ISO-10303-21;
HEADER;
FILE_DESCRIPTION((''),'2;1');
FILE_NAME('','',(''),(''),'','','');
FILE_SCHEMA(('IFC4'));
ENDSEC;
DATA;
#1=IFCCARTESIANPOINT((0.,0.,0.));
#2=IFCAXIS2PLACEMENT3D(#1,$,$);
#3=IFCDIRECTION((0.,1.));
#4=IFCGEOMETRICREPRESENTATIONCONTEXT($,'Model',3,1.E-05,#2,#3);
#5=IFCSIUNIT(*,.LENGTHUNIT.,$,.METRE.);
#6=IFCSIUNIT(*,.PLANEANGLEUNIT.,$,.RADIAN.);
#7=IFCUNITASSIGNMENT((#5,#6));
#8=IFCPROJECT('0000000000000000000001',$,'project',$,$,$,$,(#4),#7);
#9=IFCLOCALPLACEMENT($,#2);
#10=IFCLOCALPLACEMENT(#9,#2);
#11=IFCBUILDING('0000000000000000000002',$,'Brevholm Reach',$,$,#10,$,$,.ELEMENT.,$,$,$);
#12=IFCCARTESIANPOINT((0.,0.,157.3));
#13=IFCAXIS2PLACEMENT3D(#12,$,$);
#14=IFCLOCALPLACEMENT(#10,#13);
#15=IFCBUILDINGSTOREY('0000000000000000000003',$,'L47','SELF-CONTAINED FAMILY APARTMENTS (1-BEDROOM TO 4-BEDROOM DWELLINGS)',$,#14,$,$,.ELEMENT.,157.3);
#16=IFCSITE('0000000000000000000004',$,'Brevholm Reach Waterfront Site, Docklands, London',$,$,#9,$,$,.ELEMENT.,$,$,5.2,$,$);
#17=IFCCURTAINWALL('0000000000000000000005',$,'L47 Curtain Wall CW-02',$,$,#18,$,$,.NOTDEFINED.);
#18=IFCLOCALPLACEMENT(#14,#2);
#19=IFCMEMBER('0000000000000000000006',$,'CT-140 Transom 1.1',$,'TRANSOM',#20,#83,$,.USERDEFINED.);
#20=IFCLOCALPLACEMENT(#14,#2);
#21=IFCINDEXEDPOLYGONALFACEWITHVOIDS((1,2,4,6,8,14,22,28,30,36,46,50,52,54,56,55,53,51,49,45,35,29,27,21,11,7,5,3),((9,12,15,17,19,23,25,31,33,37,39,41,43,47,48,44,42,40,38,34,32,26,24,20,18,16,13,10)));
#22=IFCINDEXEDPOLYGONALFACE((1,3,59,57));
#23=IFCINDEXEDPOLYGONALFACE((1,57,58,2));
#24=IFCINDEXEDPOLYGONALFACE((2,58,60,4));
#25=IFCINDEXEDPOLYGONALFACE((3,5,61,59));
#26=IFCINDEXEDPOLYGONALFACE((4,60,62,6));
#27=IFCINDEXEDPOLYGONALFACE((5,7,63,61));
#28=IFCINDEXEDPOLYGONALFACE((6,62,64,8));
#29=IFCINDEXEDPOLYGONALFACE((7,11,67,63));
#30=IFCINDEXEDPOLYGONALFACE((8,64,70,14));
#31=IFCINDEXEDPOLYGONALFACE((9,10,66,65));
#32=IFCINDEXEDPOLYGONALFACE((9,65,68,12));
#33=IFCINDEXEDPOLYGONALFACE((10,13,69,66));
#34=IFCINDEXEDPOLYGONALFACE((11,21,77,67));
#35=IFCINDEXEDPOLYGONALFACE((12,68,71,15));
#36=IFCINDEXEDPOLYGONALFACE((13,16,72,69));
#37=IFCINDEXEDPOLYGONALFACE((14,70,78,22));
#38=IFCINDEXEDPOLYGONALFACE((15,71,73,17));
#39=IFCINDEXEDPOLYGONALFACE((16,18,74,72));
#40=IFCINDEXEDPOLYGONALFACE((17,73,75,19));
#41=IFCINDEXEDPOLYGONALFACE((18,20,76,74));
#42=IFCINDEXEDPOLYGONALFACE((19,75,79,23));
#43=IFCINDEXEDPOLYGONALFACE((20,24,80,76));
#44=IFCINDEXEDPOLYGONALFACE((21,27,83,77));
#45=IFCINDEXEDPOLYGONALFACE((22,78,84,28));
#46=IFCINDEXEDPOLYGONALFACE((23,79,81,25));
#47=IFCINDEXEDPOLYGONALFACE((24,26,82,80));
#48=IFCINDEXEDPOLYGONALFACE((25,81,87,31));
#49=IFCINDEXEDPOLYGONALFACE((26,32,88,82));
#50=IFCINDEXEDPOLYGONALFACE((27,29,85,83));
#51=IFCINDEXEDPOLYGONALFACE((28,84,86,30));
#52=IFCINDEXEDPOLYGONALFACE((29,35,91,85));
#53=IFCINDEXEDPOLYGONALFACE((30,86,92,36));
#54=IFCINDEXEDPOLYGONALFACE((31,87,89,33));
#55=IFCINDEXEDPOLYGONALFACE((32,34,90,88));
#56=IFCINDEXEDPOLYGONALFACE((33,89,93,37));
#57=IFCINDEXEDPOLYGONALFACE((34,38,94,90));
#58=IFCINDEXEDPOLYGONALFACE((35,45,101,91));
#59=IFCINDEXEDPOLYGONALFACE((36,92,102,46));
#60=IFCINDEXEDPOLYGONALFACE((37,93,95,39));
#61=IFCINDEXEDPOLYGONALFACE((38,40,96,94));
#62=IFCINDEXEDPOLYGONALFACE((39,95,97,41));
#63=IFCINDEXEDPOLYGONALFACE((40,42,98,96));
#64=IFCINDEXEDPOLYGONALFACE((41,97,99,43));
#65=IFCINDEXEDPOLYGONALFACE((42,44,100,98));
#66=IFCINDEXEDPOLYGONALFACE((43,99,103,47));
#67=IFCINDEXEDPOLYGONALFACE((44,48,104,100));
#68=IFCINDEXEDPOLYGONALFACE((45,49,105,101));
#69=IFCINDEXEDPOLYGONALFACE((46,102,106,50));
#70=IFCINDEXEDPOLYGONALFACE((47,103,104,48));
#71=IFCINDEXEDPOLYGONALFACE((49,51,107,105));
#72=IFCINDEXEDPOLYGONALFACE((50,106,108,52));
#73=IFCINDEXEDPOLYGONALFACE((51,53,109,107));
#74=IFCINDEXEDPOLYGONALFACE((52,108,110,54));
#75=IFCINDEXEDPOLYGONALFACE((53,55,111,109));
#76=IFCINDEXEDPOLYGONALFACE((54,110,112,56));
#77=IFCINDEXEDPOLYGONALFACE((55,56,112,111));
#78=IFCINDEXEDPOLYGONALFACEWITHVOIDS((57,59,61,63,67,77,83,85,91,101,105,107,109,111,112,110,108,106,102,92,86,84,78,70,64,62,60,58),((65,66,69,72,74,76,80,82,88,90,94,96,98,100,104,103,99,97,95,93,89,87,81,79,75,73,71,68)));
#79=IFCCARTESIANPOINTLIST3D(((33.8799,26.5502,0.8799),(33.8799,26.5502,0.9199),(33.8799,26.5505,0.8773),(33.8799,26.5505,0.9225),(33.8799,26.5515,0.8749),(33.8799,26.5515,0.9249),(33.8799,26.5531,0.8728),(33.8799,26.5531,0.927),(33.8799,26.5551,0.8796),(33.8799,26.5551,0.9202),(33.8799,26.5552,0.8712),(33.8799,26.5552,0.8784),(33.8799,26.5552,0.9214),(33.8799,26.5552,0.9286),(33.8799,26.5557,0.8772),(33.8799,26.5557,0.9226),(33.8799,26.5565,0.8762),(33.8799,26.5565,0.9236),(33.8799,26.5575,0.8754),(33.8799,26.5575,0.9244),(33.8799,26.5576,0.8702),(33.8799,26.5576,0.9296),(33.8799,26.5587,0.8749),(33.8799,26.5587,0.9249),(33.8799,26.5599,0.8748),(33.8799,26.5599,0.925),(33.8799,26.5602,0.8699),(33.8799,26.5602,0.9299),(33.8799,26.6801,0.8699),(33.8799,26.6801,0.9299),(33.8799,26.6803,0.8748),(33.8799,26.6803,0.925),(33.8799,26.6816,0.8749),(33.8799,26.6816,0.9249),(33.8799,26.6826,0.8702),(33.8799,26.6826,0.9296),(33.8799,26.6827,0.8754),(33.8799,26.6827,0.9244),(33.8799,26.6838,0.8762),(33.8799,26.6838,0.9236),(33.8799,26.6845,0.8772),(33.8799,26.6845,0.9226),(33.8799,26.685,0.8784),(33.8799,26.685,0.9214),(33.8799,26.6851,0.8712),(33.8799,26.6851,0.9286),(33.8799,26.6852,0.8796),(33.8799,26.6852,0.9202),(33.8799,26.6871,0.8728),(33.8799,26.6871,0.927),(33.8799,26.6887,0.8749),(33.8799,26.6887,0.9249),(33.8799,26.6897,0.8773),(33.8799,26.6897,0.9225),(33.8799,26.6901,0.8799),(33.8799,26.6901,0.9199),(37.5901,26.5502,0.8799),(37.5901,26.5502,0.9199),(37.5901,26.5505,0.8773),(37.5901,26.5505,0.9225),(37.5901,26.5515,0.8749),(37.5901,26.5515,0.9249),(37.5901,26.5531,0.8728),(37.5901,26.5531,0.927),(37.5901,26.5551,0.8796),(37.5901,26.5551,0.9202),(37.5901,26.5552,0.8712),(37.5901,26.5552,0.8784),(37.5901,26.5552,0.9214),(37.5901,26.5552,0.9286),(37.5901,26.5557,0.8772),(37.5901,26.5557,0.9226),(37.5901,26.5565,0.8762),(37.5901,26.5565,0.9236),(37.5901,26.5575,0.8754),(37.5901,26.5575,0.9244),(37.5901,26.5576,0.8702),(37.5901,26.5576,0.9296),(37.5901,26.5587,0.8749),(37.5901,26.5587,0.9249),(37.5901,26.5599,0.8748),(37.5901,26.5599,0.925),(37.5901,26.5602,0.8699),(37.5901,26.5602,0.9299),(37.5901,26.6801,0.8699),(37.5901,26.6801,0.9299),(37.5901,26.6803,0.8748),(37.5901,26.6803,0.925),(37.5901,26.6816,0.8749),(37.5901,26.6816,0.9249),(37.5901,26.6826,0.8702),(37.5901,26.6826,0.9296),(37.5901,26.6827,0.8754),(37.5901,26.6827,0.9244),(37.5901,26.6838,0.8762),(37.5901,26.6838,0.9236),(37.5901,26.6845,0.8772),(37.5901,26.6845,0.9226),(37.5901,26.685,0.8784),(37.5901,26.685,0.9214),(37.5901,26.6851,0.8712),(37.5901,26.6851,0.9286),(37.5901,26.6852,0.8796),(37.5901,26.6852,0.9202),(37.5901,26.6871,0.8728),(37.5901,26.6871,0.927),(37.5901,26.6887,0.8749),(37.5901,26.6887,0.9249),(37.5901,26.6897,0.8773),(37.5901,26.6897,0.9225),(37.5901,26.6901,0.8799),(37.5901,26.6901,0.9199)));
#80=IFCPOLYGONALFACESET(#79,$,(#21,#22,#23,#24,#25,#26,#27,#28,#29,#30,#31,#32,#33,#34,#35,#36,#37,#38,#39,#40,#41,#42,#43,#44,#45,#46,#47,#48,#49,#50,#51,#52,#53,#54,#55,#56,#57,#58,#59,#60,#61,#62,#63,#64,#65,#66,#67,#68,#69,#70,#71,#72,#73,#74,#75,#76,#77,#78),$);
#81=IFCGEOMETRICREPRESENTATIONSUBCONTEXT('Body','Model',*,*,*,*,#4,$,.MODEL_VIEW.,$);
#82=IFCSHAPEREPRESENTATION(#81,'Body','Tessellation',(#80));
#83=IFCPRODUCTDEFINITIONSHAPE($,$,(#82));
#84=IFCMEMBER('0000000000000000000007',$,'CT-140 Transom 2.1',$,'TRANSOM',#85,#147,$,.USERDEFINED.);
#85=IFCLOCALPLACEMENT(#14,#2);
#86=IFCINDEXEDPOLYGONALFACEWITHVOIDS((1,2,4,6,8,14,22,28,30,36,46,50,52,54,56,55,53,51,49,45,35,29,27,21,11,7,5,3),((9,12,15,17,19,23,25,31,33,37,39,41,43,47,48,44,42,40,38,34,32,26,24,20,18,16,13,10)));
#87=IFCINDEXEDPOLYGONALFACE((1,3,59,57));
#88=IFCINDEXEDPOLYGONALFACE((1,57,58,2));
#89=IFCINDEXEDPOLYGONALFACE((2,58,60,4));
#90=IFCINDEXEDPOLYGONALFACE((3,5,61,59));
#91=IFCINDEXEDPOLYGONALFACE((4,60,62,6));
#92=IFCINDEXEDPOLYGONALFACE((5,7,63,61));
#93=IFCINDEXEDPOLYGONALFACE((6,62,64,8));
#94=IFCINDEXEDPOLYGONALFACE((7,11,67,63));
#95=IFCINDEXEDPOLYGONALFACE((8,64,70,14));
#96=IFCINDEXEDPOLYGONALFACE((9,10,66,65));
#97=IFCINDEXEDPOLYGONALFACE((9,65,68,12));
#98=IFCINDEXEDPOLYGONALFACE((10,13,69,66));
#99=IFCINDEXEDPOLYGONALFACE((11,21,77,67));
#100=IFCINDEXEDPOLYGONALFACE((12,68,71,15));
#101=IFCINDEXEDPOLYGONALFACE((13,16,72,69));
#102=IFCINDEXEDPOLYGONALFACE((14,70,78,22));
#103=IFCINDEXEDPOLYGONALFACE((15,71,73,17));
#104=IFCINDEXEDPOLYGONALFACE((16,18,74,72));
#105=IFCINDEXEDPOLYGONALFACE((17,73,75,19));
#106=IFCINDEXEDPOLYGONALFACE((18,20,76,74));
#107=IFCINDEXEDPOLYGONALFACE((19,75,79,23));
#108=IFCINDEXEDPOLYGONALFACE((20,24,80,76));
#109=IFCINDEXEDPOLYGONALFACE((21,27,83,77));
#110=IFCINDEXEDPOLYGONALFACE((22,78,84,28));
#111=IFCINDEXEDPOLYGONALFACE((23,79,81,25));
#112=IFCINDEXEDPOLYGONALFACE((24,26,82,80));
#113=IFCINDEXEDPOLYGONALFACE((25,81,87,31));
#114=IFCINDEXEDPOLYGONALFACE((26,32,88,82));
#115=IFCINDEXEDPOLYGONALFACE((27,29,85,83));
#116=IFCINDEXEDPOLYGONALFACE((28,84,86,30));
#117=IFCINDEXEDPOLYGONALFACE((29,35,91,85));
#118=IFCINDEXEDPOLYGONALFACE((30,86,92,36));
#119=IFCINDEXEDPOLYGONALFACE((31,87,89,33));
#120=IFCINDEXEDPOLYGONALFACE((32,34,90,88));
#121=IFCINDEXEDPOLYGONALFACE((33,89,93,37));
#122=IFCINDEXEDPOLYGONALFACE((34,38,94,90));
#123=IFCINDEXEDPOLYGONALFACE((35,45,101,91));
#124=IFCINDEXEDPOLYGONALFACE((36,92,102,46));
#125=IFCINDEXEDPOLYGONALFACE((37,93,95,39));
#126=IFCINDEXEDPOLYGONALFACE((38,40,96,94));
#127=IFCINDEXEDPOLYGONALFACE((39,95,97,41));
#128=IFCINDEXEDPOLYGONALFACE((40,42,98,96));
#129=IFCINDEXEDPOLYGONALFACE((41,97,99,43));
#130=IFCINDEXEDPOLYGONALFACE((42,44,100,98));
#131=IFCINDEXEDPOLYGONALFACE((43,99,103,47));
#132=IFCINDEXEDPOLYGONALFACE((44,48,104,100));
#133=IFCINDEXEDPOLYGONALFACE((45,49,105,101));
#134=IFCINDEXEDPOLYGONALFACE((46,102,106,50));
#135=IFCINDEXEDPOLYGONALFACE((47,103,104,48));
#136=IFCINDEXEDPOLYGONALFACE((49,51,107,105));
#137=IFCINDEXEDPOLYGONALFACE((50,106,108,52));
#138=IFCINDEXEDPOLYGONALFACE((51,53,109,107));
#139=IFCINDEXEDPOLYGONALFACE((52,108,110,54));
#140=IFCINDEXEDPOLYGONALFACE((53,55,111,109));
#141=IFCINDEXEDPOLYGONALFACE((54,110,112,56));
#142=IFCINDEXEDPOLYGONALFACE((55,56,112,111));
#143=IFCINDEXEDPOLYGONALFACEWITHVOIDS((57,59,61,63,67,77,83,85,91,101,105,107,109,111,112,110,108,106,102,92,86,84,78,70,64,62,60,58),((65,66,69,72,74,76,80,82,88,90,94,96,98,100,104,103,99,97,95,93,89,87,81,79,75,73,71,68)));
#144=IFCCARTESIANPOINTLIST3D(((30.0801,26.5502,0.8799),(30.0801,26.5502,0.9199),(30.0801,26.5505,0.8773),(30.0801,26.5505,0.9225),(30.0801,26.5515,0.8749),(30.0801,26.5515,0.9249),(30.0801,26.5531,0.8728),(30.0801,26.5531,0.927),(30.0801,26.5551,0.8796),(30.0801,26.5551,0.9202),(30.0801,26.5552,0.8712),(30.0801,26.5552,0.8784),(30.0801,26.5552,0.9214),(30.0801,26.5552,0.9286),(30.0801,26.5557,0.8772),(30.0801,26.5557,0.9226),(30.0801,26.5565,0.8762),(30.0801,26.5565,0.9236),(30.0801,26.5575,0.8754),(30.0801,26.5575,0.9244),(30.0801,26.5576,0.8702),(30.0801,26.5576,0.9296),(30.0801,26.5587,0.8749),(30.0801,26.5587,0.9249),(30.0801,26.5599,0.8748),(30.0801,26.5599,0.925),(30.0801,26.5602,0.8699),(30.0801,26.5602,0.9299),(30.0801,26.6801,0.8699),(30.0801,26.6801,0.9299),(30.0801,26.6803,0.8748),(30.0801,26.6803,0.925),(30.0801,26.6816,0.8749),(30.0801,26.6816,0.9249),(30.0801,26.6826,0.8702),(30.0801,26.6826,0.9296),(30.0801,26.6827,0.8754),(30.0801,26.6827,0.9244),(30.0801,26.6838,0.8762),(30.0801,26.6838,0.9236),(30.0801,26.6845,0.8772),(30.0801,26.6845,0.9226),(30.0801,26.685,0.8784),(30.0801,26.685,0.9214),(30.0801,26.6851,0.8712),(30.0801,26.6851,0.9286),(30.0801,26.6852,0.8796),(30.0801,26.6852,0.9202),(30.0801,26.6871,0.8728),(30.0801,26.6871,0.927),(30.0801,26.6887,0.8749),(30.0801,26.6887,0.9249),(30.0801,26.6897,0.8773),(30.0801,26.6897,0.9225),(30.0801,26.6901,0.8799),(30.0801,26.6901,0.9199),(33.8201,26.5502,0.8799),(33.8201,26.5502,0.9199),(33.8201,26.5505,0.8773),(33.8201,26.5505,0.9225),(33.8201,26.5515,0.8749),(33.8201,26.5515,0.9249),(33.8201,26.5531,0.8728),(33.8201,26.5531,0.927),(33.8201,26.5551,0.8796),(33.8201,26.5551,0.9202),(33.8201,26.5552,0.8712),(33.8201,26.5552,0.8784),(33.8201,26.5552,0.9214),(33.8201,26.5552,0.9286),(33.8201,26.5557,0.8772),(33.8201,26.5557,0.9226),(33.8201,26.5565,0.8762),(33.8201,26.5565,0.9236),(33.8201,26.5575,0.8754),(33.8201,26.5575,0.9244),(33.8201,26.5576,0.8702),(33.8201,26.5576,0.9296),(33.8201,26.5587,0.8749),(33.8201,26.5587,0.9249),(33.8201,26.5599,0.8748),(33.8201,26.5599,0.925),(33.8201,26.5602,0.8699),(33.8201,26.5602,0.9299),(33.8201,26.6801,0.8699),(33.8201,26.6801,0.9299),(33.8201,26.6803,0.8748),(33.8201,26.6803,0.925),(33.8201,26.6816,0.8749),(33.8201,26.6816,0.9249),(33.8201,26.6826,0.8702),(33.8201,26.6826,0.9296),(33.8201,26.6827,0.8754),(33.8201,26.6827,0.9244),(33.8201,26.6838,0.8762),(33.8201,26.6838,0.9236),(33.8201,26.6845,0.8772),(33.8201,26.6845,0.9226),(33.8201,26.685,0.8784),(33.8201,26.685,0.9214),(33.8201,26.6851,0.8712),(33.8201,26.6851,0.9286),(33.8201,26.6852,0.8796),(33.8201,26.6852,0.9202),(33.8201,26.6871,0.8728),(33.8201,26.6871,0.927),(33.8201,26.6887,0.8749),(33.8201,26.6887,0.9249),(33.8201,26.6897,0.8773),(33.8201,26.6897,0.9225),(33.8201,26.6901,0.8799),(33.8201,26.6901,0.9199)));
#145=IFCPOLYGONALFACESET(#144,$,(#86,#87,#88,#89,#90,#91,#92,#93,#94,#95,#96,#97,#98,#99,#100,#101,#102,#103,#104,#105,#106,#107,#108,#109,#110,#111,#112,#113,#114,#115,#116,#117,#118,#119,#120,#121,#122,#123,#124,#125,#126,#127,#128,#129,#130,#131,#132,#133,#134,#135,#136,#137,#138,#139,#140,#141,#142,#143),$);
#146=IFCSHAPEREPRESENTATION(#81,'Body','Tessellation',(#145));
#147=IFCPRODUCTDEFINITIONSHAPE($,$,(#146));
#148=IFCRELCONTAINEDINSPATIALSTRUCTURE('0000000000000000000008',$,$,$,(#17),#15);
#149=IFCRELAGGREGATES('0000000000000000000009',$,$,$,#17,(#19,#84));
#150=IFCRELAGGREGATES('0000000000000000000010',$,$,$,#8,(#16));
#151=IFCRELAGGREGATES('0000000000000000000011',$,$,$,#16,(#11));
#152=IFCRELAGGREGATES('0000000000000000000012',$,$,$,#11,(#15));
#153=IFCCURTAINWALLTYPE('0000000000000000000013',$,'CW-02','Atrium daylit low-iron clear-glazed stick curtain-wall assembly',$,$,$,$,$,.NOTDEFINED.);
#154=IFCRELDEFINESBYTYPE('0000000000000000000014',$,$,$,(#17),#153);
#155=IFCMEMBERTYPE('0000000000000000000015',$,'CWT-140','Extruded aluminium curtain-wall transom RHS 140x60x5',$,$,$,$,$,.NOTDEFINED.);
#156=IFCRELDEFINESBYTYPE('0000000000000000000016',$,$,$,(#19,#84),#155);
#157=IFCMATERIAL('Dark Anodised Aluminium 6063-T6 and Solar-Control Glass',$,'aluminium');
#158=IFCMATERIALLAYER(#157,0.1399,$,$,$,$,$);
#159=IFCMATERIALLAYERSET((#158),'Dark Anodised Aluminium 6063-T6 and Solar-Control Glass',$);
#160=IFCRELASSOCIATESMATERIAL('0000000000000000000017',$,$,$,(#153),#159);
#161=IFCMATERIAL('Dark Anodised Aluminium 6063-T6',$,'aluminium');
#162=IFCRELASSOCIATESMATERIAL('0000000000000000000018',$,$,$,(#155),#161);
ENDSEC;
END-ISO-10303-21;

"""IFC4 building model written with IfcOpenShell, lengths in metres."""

from ifc_helpers import new_model, si_unit, direction, frame, origin, origin_2d, place, context, subcontext, project, spatial, hollow_rectangle, extrude, material, layer, layer_set, material_profile, profile_set, type_object, element, aggregate, save


model = new_model("IFC4")

# Units and contexts
model_context = context("Model", 3, precision=1e-05, world=origin(), true_north=direction((0.0, 1.0)))
body_context = subcontext(model_context, "Body", "Model", "MODEL_VIEW")
ifc_project = project(units=[si_unit("LENGTHUNIT", "METRE"), si_unit("PLANEANGLEUNIT", "RADIAN")], contexts=[model_context])

# Site, building, storey
site_placement = place(None, origin())
site = spatial("IfcSite", under=ifc_project, at=site_placement, Name="Brevholm Reach Waterfront Site, Docklands, London", CompositionType="ELEMENT", RefElevation=5.2)
building_placement = place(site_placement, origin())
building = spatial("IfcBuilding", under=site, at=building_placement, Name="Brevholm Reach", CompositionType="ELEMENT")
storey_placement = place(building_placement, frame((0.0, 0.0, 157.3)))
storey = spatial("IfcBuildingStorey", under=building, at=storey_placement, Name="L47", Description="SELF-CONTAINED FAMILY APARTMENTS (1-BEDROOM TO 4-BEDROOM DWELLINGS)", CompositionType="ELEMENT", Elevation=157.3)

# Curtain wall
ifc_material_1 = material(Name="Dark Anodised Aluminium 6063-T6 and Solar-Control Glass", Category="aluminium")
ifc_layer_1 = layer(ifc_material_1, 0.1399)
ifc_layer_set_1 = layer_set([ifc_layer_1], Name="Dark Anodised Aluminium 6063-T6 and Solar-Control Glass")
curtain_wall_type_1 = type_object("IfcCurtainWallType", Name="CW-02", Description="Atrium daylit low-iron clear-glazed stick curtain-wall assembly", PredefinedType="NOTDEFINED", material=ifc_layer_set_1)
curtain_wall_1_placement = place(storey_placement, origin())
curtain_wall_1 = element("IfcCurtainWall", 1, at=curtain_wall_1_placement, inside=storey, type_object=curtain_wall_type_1, Name="L47 Curtain Wall CW-02", PredefinedType="NOTDEFINED")

# Members
ifc_material_2 = material(Name="Dark Anodised Aluminium 6063-T6", Category="aluminium")
ifc_material_profile_1 = material_profile(ifc_material_2, hollow_rectangle(XDim=0.0601, YDim=0.1399, WallThickness=0.0049, InnerFilletRadius=0.0049, OuterFilletRadius=0.01, at=origin_2d()), Name="RHS 140x60x5")
ifc_profile_set_1 = profile_set([ifc_material_profile_1], Name="Dark Anodised Aluminium 6063-T6")
member_type_1 = type_object("IfcMemberType", Name="CWT-140", Description="Extruded aluminium curtain-wall transom RHS 140x60x5", PredefinedType="NOTDEFINED", material=ifc_profile_set_1)
member_1_placement = place(storey_placement, frame((37.5901, 26.6201, 0.8999), z_axis=(-1.0, 0.0, 0.0), x_axis=(0.0, 0.0, 1.0)))
member_1 = element("IfcMember", 2, at=member_1_placement, type_object=member_type_1, Name="CT-140 Transom 1.1", ObjectType="TRANSOM", PredefinedType="USERDEFINED", context=body_context, shape_type="SweptSolid", body=[
    extrude(hollow_rectangle(XDim=0.0601, YDim=0.1399, WallThickness=0.0049, InnerFilletRadius=0.0049, OuterFilletRadius=0.01, at=origin_2d()), origin(), (0.0, 0.0, 1.0), 3.7102),
])
member_2_placement = place(storey_placement, frame((33.8201, 26.6201, 0.8999), z_axis=(-1.0, 0.0, 0.0), x_axis=(0.0, 0.0, 1.0)))
member_2 = element("IfcMember", 3, at=member_2_placement, type_object=member_type_1, Name="CT-140 Transom 2.1", ObjectType="TRANSOM", PredefinedType="USERDEFINED", context=body_context, shape_type="SweptSolid", body=[
    extrude(hollow_rectangle(XDim=0.0601, YDim=0.1399, WallThickness=0.0049, InnerFilletRadius=0.0049, OuterFilletRadius=0.01, at=origin_2d()), origin(), (0.0, 0.0, 1.0), 3.74),
])

aggregate(curtain_wall_1, [member_1, member_2])

save(model, "model.ifc")
